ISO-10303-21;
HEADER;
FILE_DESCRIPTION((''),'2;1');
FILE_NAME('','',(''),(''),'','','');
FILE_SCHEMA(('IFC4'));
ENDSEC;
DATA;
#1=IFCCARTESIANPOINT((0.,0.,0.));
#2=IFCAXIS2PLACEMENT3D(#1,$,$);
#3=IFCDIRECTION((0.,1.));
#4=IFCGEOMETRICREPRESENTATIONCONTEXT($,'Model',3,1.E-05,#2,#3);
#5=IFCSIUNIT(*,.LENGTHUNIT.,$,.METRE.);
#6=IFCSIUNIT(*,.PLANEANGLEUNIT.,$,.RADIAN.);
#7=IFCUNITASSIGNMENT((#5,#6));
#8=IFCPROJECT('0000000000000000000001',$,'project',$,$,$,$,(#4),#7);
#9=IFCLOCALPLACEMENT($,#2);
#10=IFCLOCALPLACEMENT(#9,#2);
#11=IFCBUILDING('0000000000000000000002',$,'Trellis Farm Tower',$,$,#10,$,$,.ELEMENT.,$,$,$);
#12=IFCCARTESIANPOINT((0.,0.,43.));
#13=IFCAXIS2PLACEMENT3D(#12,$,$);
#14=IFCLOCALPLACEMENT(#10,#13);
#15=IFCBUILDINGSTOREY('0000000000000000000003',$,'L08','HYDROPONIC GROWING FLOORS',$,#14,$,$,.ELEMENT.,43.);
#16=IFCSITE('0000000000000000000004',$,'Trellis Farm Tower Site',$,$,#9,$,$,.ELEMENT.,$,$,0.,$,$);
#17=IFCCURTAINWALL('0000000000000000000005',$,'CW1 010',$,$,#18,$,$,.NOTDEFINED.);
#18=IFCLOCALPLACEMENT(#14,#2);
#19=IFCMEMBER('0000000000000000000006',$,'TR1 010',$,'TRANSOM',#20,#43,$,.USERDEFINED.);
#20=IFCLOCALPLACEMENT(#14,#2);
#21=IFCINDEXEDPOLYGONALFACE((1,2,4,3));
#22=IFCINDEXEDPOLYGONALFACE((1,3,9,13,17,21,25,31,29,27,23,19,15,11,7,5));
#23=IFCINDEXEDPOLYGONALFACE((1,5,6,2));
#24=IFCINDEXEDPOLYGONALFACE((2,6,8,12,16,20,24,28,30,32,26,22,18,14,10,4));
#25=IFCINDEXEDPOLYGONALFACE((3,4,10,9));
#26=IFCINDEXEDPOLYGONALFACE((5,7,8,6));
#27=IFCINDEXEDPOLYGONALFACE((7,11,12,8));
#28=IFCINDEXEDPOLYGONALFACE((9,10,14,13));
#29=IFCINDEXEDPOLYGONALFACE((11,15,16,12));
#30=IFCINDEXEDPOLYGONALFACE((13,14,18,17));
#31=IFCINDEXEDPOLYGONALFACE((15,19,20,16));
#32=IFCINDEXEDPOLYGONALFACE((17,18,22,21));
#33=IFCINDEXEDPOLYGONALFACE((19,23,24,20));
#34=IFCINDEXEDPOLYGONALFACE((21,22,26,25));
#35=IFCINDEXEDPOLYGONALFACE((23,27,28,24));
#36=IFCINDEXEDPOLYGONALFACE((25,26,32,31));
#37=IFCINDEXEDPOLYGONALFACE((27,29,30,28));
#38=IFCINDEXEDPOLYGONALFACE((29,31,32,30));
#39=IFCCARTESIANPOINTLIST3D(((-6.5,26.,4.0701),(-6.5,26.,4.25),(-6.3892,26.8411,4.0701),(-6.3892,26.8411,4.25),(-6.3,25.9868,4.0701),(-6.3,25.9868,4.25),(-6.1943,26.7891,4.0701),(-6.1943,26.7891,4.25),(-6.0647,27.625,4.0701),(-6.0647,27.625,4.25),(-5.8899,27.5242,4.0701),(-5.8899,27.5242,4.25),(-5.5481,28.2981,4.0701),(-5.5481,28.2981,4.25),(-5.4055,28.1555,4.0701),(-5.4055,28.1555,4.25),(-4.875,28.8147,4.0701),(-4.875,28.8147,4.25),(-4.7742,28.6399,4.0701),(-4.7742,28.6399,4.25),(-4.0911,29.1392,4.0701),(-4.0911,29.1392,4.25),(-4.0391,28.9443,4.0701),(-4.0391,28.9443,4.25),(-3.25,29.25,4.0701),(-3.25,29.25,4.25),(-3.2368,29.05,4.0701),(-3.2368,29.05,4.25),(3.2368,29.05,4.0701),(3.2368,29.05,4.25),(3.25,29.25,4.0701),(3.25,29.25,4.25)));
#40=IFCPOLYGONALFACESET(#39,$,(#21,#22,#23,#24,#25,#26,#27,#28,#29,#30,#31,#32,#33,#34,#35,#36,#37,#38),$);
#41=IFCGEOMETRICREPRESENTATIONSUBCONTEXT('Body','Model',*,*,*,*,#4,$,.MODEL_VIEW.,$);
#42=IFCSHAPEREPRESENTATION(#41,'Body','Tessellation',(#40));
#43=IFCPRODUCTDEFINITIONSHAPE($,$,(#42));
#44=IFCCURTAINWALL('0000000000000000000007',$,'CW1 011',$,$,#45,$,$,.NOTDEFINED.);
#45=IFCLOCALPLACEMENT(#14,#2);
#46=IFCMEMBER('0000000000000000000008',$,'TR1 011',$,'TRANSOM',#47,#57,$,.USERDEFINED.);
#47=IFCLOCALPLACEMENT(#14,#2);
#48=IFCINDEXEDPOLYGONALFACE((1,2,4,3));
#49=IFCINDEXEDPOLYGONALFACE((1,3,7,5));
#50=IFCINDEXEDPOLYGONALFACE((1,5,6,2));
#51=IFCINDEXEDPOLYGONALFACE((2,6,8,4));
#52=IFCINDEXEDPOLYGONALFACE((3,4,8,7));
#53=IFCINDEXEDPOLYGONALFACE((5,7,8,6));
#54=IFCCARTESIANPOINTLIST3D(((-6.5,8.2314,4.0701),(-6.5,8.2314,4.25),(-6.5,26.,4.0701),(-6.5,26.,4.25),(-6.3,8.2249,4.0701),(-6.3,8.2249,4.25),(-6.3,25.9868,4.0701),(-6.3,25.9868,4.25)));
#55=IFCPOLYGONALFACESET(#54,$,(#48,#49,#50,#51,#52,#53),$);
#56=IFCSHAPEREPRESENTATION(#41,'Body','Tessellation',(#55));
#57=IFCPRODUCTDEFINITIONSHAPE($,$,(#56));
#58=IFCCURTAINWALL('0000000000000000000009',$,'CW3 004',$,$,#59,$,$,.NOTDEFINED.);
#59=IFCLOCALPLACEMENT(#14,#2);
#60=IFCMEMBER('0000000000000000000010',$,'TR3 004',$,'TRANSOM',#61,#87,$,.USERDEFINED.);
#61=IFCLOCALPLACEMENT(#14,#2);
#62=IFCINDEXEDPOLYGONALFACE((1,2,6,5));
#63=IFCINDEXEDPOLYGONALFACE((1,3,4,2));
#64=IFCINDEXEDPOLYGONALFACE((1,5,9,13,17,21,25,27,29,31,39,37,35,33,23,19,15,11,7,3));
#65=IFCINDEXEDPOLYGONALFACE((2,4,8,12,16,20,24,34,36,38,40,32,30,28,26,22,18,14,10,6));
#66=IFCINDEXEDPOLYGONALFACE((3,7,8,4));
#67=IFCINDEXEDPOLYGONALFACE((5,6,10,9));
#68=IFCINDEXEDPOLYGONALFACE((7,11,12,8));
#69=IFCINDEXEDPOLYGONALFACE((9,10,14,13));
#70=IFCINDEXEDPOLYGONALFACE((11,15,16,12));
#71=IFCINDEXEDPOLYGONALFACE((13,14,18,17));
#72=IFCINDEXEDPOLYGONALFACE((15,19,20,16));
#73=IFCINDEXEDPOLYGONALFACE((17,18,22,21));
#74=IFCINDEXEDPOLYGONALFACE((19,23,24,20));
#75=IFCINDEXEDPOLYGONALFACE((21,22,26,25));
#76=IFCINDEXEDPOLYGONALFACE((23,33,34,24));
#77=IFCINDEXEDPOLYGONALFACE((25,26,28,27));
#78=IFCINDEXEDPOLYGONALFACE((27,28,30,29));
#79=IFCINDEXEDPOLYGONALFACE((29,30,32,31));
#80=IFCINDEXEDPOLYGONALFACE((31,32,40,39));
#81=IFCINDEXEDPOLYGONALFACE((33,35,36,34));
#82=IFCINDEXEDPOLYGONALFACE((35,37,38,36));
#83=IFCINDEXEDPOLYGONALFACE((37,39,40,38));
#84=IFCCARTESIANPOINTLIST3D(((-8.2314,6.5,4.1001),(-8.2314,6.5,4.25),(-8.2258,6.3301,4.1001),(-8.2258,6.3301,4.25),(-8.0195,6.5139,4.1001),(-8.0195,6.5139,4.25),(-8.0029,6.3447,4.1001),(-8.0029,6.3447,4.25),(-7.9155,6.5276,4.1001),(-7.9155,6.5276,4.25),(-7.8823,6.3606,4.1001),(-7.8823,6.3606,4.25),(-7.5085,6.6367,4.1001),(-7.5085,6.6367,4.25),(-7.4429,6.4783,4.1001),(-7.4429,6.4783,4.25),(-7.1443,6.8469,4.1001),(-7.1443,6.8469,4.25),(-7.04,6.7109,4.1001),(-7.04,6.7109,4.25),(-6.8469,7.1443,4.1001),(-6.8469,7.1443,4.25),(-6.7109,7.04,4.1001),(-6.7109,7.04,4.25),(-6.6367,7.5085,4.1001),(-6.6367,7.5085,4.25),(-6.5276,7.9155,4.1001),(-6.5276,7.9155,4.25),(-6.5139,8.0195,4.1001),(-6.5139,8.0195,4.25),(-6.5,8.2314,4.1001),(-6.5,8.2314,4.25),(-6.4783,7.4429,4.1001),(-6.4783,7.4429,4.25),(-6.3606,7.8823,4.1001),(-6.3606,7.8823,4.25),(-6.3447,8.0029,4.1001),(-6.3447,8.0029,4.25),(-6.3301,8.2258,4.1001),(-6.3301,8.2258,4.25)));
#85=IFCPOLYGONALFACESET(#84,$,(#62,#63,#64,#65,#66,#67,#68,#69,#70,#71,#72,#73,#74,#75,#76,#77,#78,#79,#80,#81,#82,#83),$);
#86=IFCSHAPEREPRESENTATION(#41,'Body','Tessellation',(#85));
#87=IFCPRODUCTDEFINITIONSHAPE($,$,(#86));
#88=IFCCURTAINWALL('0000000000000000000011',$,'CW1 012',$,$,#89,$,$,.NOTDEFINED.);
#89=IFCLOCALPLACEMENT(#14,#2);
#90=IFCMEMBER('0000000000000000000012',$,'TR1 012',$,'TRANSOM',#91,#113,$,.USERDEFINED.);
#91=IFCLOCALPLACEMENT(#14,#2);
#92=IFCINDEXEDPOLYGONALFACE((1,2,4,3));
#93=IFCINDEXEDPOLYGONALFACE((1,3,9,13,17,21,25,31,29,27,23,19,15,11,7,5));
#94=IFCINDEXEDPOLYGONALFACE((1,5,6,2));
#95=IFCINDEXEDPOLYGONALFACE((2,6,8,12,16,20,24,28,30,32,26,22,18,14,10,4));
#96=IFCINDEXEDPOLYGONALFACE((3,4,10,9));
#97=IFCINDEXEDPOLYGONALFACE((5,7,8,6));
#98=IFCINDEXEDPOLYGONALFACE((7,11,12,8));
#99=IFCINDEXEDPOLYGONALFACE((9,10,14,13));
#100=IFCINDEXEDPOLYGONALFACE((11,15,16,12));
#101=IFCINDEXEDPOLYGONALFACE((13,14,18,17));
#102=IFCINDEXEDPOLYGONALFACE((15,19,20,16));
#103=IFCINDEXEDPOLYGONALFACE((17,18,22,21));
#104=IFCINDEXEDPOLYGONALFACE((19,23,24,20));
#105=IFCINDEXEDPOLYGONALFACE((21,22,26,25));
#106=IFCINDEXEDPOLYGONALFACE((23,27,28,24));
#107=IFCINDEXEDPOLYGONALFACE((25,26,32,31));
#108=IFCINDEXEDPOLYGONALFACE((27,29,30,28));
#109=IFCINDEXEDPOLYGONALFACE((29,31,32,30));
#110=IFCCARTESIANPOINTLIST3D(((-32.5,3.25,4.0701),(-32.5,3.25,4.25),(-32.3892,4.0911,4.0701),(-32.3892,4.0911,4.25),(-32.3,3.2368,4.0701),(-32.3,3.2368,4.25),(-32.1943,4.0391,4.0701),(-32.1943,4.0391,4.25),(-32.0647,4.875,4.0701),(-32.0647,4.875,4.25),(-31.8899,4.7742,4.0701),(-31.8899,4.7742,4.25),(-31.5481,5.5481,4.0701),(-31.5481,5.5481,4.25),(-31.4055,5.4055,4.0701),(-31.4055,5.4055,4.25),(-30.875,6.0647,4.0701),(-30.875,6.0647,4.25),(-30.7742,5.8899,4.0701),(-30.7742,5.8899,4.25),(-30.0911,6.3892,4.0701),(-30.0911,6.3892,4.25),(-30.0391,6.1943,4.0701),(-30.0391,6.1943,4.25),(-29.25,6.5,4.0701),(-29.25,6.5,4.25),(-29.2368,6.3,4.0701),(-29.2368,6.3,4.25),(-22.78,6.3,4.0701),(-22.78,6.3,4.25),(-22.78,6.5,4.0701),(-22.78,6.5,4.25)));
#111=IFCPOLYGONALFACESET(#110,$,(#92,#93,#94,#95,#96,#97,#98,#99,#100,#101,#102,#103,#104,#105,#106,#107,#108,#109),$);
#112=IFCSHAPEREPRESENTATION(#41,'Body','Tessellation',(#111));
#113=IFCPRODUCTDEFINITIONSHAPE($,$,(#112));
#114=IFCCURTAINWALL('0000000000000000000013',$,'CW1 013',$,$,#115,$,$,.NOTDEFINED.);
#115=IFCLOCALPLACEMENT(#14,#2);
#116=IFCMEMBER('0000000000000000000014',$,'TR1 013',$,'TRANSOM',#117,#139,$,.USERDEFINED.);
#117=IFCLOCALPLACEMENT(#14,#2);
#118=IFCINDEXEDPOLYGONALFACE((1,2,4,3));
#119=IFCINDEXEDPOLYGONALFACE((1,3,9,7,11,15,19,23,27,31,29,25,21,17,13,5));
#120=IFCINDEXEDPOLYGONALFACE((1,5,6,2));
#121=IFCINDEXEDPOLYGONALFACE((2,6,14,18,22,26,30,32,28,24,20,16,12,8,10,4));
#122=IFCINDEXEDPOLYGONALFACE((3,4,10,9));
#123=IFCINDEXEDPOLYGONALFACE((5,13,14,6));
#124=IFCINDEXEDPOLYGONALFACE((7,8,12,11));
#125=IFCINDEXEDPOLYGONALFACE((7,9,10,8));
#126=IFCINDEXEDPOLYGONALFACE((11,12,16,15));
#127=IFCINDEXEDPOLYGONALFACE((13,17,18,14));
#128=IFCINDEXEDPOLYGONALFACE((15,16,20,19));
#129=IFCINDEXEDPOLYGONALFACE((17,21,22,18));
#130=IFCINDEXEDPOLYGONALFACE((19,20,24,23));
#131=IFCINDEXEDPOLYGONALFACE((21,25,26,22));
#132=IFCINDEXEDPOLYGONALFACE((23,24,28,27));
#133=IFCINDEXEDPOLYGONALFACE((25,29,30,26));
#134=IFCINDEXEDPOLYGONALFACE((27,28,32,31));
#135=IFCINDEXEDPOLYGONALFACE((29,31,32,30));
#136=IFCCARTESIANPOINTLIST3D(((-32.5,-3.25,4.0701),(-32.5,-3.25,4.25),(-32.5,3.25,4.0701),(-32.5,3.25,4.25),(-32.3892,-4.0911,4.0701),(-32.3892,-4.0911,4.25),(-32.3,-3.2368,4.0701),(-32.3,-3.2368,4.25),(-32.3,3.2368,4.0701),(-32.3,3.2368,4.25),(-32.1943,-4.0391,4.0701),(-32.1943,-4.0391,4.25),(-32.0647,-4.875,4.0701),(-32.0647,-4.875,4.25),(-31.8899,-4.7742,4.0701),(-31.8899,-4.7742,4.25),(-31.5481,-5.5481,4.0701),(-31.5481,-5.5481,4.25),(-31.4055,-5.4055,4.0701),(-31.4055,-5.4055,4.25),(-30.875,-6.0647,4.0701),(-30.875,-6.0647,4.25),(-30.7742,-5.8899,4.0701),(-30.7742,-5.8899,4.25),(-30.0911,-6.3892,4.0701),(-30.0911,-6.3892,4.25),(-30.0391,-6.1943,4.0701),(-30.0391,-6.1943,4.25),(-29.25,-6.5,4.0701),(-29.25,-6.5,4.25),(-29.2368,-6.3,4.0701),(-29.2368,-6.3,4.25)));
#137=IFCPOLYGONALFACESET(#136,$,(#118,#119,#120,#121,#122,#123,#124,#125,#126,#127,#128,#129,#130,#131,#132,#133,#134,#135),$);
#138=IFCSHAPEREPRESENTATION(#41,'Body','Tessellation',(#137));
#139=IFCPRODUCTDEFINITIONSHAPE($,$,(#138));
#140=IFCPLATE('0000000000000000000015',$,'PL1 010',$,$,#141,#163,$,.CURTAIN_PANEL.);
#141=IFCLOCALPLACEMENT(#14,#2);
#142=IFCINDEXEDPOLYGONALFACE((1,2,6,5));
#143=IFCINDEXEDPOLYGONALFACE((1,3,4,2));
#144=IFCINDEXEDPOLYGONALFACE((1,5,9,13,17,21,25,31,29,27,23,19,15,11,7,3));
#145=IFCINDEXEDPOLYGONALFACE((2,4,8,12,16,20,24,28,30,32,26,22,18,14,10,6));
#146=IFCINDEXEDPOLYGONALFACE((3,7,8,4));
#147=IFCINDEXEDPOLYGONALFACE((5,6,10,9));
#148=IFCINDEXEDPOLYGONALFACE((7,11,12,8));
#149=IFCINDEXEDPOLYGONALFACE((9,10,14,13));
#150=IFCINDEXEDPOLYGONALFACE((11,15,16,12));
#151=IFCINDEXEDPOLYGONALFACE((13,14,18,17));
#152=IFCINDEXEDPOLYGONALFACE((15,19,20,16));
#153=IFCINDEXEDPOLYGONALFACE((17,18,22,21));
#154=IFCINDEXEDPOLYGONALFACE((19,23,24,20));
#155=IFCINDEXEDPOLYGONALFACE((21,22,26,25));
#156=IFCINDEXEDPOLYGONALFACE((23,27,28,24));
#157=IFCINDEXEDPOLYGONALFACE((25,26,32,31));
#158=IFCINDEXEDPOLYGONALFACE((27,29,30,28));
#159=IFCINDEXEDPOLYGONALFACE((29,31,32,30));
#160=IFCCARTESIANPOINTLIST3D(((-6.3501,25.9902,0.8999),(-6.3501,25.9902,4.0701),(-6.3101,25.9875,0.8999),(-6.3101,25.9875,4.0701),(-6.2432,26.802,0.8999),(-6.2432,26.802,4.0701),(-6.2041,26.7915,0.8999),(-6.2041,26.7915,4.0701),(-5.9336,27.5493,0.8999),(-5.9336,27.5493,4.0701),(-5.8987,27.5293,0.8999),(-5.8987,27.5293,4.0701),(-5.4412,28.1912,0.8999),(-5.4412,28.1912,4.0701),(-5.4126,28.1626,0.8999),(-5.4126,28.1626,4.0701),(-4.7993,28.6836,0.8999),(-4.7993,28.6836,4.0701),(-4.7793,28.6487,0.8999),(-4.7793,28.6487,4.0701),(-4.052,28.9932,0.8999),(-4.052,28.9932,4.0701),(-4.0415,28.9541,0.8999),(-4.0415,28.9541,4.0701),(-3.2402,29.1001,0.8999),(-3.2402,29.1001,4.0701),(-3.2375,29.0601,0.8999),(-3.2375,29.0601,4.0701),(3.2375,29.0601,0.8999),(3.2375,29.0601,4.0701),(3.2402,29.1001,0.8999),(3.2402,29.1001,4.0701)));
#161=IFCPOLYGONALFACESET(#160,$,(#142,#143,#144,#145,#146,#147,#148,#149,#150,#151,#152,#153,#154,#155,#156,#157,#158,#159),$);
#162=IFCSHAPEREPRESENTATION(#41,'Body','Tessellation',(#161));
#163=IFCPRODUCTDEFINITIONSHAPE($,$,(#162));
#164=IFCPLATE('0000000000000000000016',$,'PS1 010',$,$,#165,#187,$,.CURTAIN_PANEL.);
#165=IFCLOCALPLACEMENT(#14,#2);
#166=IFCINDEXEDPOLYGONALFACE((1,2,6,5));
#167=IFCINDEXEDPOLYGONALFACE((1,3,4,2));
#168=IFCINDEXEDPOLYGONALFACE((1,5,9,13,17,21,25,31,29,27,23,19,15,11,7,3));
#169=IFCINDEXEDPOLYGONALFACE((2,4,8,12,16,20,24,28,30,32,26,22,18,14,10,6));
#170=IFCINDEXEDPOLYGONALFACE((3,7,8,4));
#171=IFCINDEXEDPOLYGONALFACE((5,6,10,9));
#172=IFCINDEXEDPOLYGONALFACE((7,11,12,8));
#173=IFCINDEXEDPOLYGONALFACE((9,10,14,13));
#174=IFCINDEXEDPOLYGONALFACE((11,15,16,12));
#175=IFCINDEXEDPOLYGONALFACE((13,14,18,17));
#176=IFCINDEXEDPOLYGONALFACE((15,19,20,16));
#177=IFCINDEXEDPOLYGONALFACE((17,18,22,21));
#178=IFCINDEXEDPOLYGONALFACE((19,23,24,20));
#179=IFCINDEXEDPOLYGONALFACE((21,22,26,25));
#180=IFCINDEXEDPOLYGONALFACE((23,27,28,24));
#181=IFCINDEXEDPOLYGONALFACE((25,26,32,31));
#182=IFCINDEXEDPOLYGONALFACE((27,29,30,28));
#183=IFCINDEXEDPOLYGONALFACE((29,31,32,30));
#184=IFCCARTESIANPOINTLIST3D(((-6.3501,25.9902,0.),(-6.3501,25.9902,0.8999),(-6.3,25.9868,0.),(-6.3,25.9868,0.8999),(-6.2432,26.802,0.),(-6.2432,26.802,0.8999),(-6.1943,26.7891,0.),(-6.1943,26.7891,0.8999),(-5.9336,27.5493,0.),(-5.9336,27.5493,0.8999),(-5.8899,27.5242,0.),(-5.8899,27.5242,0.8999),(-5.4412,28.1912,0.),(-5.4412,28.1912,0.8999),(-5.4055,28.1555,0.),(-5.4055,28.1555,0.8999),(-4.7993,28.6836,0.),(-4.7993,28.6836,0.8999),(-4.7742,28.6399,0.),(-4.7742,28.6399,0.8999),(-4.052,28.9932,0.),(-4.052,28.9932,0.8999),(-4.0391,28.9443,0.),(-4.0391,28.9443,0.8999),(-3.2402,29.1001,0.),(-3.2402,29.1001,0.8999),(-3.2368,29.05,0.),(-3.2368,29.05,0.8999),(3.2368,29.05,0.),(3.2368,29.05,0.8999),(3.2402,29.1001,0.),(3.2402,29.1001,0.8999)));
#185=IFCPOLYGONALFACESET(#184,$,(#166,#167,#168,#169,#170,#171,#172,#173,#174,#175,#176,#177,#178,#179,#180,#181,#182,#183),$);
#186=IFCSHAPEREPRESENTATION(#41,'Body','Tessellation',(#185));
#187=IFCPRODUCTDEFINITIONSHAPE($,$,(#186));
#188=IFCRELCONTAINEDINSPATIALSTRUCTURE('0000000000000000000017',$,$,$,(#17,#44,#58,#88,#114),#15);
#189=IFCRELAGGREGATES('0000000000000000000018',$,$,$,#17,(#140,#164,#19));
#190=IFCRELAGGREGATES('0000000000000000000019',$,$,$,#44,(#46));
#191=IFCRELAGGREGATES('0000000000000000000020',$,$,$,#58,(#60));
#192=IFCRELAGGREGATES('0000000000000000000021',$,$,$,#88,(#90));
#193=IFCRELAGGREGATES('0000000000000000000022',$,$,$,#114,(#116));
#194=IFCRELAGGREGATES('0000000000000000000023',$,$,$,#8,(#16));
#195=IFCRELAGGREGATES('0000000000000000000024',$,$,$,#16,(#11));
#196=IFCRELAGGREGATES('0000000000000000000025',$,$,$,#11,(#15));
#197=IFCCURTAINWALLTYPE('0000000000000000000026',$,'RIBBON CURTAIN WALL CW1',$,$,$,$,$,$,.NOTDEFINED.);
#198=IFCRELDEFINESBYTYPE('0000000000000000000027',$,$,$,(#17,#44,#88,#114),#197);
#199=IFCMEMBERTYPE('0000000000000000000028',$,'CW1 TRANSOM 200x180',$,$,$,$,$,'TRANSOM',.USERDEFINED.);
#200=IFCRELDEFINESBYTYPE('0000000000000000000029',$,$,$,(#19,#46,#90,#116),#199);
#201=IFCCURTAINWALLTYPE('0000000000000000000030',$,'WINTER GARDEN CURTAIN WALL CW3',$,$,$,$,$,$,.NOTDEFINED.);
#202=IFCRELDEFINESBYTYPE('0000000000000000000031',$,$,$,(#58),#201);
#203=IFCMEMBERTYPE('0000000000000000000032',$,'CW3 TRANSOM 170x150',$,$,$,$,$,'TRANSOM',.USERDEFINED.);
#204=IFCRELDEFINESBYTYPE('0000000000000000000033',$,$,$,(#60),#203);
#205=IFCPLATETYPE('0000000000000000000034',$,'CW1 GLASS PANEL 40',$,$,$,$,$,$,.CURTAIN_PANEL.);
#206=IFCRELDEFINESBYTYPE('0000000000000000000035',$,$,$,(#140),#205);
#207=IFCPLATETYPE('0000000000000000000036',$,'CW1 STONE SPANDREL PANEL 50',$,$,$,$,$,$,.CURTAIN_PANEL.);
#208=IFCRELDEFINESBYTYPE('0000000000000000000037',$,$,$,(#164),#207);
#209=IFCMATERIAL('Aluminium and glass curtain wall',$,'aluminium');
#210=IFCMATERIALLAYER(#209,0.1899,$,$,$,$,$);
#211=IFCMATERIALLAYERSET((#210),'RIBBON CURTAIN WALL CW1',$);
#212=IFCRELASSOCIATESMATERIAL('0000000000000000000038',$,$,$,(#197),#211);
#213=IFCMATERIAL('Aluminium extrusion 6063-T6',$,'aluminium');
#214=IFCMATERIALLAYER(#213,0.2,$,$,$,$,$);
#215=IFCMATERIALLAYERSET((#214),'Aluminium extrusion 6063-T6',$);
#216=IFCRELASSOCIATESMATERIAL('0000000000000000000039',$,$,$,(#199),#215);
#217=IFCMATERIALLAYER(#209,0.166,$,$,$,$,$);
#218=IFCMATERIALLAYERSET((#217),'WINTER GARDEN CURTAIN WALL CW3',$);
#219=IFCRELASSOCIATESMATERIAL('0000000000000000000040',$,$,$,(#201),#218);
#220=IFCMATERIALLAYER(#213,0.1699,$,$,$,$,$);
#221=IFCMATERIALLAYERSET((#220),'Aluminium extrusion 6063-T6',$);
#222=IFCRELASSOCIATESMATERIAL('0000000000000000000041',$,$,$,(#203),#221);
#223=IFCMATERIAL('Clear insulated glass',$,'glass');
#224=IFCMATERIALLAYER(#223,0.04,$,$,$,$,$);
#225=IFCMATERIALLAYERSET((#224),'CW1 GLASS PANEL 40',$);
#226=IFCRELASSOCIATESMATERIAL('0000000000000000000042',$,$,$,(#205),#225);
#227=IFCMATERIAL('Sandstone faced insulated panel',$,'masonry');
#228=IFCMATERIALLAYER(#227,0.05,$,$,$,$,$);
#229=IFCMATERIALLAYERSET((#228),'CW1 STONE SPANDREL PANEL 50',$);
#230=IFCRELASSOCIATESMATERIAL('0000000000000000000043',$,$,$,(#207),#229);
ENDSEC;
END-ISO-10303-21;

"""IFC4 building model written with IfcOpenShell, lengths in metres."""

from ifc_helpers import new_model, si_unit, direction, frame, origin, place, context, subcontext, project, spatial, polyline, outline, extrude, source, transform, mapped, material, layer, layer_set, type_object, element, aggregate, save


model = new_model("IFC4")

# Units and contexts
model_context = context("Model", 3, precision=1e-05, world=origin(), true_north=direction((0.0, 1.0)))
body_context = subcontext(model_context, "Body", "Model", "MODEL_VIEW")
ifc_project = project(units=[si_unit("LENGTHUNIT", "METRE"), si_unit("PLANEANGLEUNIT", "RADIAN")], contexts=[model_context])

# Site, building, storey
site_placement = place(None, origin())
site = spatial("IfcSite", under=ifc_project, at=site_placement, Name="Trellis Farm Tower Site", CompositionType="ELEMENT", RefElevation=0.0)
building_placement = place(site_placement, origin())
building = spatial("IfcBuilding", under=site, at=building_placement, Name="Trellis Farm Tower", CompositionType="ELEMENT")
storey_placement = place(building_placement, frame((0.0, 0.0, 43.0)))
storey = spatial("IfcBuildingStorey", under=building, at=storey_placement, Name="L08", Description="HYDROPONIC GROWING FLOORS", CompositionType="ELEMENT", Elevation=43.0)

# Curtain walls, members
ifc_material_1 = material(Name="Aluminium and glass curtain wall", Category="aluminium")
ifc_layer_1 = layer(ifc_material_1, 0.1899)
ifc_layer_set_1 = layer_set([ifc_layer_1], Name="RIBBON CURTAIN WALL CW1")
curtain_wall_type_1 = type_object("IfcCurtainWallType", Name="RIBBON CURTAIN WALL CW1", PredefinedType="NOTDEFINED", material=ifc_layer_set_1)
placement_1 = place(storey_placement, origin())
curtain_wall_1 = element("IfcCurtainWall", 1, at=placement_1, inside=storey, type_object=curtain_wall_type_1, Name="CW1 010", PredefinedType="NOTDEFINED")
ifc_material_2 = material(Name="Aluminium extrusion 6063-T6", Category="aluminium")
ifc_layer_2 = layer(ifc_material_2, 0.2)
ifc_layer_set_2 = layer_set([ifc_layer_2], Name="Aluminium extrusion 6063-T6")
member_type_1 = type_object("IfcMemberType", Name="CW1 TRANSOM 200x180", ElementType="TRANSOM", PredefinedType="USERDEFINED", material=ifc_layer_set_2)
shared_shape_1 = source(origin(), body_context, "Body", "SweptSolid", [
    extrude(outline(polyline([(3.25, 29.25), (-3.25, 29.25), (-4.0911, 29.1392), (-4.875, 28.8147), (-5.5481, 28.2981), (-6.0647, 27.625), (-6.3892, 26.8411), (-6.5, 26.0), (-6.3, 25.9868), (-6.1943, 26.7891), (-5.8899, 27.5242), (-5.4055, 28.1555), (-4.7742, 28.6399), (-4.0391, 28.9443), (-3.2368, 29.05), (3.2368, 29.05), (3.25, 29.25)])), origin(), (0.0, 0.0, 1.0), 0.1799),
])
placement_2 = place(storey_placement, frame((0.0, 0.0, 4.0701)))
member_1 = element("IfcMember", 2, at=placement_2, type_object=member_type_1, Name="TR1 010", ObjectType="TRANSOM", PredefinedType="USERDEFINED", context=body_context, shape_type="MappedRepresentation", body=[
    mapped(shared_shape_1, transform((0.0, 0.0, 0.0))),
])
curtain_wall_2 = element("IfcCurtainWall", 3, at=placement_1, inside=storey, type_object=curtain_wall_type_1, Name="CW1 011", PredefinedType="NOTDEFINED")
shared_shape_2 = source(origin(), body_context, "Body", "SweptSolid", [
    extrude(outline(polyline([(-6.5, 26.0), (-6.5, 8.2314), (-6.3, 8.2249), (-6.3, 25.9868), (-6.5, 26.0)])), origin(), (0.0, 0.0, 1.0), 0.1799),
])
member_2 = element("IfcMember", 4, at=placement_2, type_object=member_type_1, Name="TR1 011", ObjectType="TRANSOM", PredefinedType="USERDEFINED", context=body_context, shape_type="MappedRepresentation", body=[
    mapped(shared_shape_2, transform((0.0, 0.0, 0.0))),
])
ifc_layer_3 = layer(ifc_material_1, 0.166)
ifc_layer_set_3 = layer_set([ifc_layer_3], Name="WINTER GARDEN CURTAIN WALL CW3")
curtain_wall_type_2 = type_object("IfcCurtainWallType", Name="WINTER GARDEN CURTAIN WALL CW3", PredefinedType="NOTDEFINED", material=ifc_layer_set_3)
curtain_wall_3 = element("IfcCurtainWall", 5, at=placement_1, inside=storey, type_object=curtain_wall_type_2, Name="CW3 004", PredefinedType="NOTDEFINED")
ifc_layer_4 = layer(ifc_material_2, 0.1699)
ifc_layer_set_4 = layer_set([ifc_layer_4], Name="Aluminium extrusion 6063-T6")
member_type_2 = type_object("IfcMemberType", Name="CW3 TRANSOM 170x150", ElementType="TRANSOM", PredefinedType="USERDEFINED", material=ifc_layer_set_4)
shared_shape_3 = source(origin(), body_context, "Body", "SweptSolid", [
    extrude(outline(polyline([(-6.5, 8.2314), (-6.5139, 8.0195), (-6.5276, 7.9155), (-6.6367, 7.5085), (-6.8469, 7.1443), (-7.1443, 6.8469), (-7.5085, 6.6367), (-7.9155, 6.5276), (-8.0195, 6.5139), (-8.2314, 6.5), (-8.2258, 6.3301), (-8.0029, 6.3447), (-7.8823, 6.3606), (-7.4429, 6.4783), (-7.04, 6.7109), (-6.7109, 7.04), (-6.4783, 7.4429), (-6.3606, 7.8823), (-6.3447, 8.0029), (-6.3301, 8.2258), (-6.5, 8.2314)])), origin(), (0.0, 0.0, 1.0), 0.1499),
])
member_3_placement = place(storey_placement, frame((0.0, 0.0, 4.1001)))
member_3 = element("IfcMember", 6, at=member_3_placement, type_object=member_type_2, Name="TR3 004", ObjectType="TRANSOM", PredefinedType="USERDEFINED", context=body_context, shape_type="MappedRepresentation", body=[
    mapped(shared_shape_3, transform((0.0, 0.0, 0.0))),
])
curtain_wall_4 = element("IfcCurtainWall", 7, at=placement_1, inside=storey, type_object=curtain_wall_type_1, Name="CW1 012", PredefinedType="NOTDEFINED")
shared_shape_4 = source(origin(), body_context, "Body", "SweptSolid", [
    extrude(outline(polyline([(-22.78, 6.5), (-29.25, 6.5), (-30.0911, 6.3892), (-30.875, 6.0647), (-31.5481, 5.5481), (-32.0647, 4.875), (-32.3892, 4.0911), (-32.5, 3.25), (-32.3, 3.2368), (-32.1943, 4.0391), (-31.8899, 4.7742), (-31.4055, 5.4055), (-30.7742, 5.8899), (-30.0391, 6.1943), (-29.2368, 6.3), (-22.78, 6.3), (-22.78, 6.5)])), origin(), (0.0, 0.0, 1.0), 0.1799),
])
member_4 = element("IfcMember", 8, at=placement_2, type_object=member_type_1, Name="TR1 012", ObjectType="TRANSOM", PredefinedType="USERDEFINED", context=body_context, shape_type="MappedRepresentation", body=[
    mapped(shared_shape_4, transform((0.0, 0.0, 0.0))),
])
curtain_wall_5 = element("IfcCurtainWall", 9, at=placement_1, inside=storey, type_object=curtain_wall_type_1, Name="CW1 013", PredefinedType="NOTDEFINED")
shared_shape_5 = source(origin(), body_context, "Body", "SweptSolid", [
    extrude(outline(polyline([(-32.5, 3.25), (-32.5, -3.25), (-32.3892, -4.0911), (-32.0647, -4.875), (-31.5481, -5.5481), (-30.875, -6.0647), (-30.0911, -6.3892), (-29.25, -6.5), (-29.2368, -6.3), (-30.0391, -6.1943), (-30.7742, -5.8899), (-31.4055, -5.4055), (-31.8899, -4.7742), (-32.1943, -4.0391), (-32.3, -3.2368), (-32.3, 3.2368), (-32.5, 3.25)])), origin(), (0.0, 0.0, 1.0), 0.1799),
])
member_5 = element("IfcMember", 10, at=placement_2, type_object=member_type_1, Name="TR1 013", ObjectType="TRANSOM", PredefinedType="USERDEFINED", context=body_context, shape_type="MappedRepresentation", body=[
    mapped(shared_shape_5, transform((0.0, 0.0, 0.0))),
])

# Plates
ifc_material_3 = material(Name="Clear insulated glass", Category="glass")
ifc_layer_5 = layer(ifc_material_3, 0.04)
ifc_layer_set_5 = layer_set([ifc_layer_5], Name="CW1 GLASS PANEL 40")
plate_type_1 = type_object("IfcPlateType", Name="CW1 GLASS PANEL 40", PredefinedType="CURTAIN_PANEL", material=ifc_layer_set_5)
shared_shape_6 = source(origin(), body_context, "Body", "SweptSolid", [
    extrude(outline(polyline([(3.2402, 29.1001), (-3.2402, 29.1001), (-4.052, 28.9932), (-4.7993, 28.6836), (-5.4412, 28.1912), (-5.9336, 27.5493), (-6.2432, 26.802), (-6.3501, 25.9902), (-6.3101, 25.9875), (-6.2041, 26.7915), (-5.8987, 27.5293), (-5.4126, 28.1626), (-4.7793, 28.6487), (-4.0415, 28.9541), (-3.2375, 29.0601), (3.2375, 29.0601), (3.2402, 29.1001)])), origin(), (0.0, 0.0, 1.0), 3.1702),
])
placement_3 = place(storey_placement, frame((0.0, 0.0, 0.8999)))
plate_1 = element("IfcPlate", 11, at=placement_3, type_object=plate_type_1, Name="PL1 010", PredefinedType="CURTAIN_PANEL", context=body_context, shape_type="MappedRepresentation", body=[
    mapped(shared_shape_6, transform((0.0, 0.0, 0.0))),
])
ifc_material_4 = material(Name="Sandstone faced insulated panel", Category="masonry")
ifc_layer_6 = layer(ifc_material_4, 0.05)
ifc_layer_set_6 = layer_set([ifc_layer_6], Name="CW1 STONE SPANDREL PANEL 50")
plate_type_2 = type_object("IfcPlateType", Name="CW1 STONE SPANDREL PANEL 50", PredefinedType="CURTAIN_PANEL", material=ifc_layer_set_6)
shared_shape_7 = source(origin(), body_context, "Body", "SweptSolid", [
    extrude(outline(polyline([(3.2402, 29.1001), (-3.2402, 29.1001), (-4.052, 28.9932), (-4.7993, 28.6836), (-5.4412, 28.1912), (-5.9336, 27.5493), (-6.2432, 26.802), (-6.3501, 25.9902), (-6.3, 25.9868), (-6.1943, 26.7891), (-5.8899, 27.5242), (-5.4055, 28.1555), (-4.7742, 28.6399), (-4.0391, 28.9443), (-3.2368, 29.05), (3.2368, 29.05), (3.2402, 29.1001)])), origin(), (0.0, 0.0, 1.0), 0.8999),
])
plate_2 = element("IfcPlate", 12, at=placement_1, type_object=plate_type_2, Name="PS1 010", PredefinedType="CURTAIN_PANEL", context=body_context, shape_type="MappedRepresentation", body=[
    mapped(shared_shape_7, transform((0.0, 0.0, 0.0))),
])
aggregate(curtain_wall_1, [plate_1, plate_2, member_1])
aggregate(curtain_wall_2, [member_2])
aggregate(curtain_wall_3, [member_3])
aggregate(curtain_wall_4, [member_4])
aggregate(curtain_wall_5, [member_5])

save(model, "model.ifc")
